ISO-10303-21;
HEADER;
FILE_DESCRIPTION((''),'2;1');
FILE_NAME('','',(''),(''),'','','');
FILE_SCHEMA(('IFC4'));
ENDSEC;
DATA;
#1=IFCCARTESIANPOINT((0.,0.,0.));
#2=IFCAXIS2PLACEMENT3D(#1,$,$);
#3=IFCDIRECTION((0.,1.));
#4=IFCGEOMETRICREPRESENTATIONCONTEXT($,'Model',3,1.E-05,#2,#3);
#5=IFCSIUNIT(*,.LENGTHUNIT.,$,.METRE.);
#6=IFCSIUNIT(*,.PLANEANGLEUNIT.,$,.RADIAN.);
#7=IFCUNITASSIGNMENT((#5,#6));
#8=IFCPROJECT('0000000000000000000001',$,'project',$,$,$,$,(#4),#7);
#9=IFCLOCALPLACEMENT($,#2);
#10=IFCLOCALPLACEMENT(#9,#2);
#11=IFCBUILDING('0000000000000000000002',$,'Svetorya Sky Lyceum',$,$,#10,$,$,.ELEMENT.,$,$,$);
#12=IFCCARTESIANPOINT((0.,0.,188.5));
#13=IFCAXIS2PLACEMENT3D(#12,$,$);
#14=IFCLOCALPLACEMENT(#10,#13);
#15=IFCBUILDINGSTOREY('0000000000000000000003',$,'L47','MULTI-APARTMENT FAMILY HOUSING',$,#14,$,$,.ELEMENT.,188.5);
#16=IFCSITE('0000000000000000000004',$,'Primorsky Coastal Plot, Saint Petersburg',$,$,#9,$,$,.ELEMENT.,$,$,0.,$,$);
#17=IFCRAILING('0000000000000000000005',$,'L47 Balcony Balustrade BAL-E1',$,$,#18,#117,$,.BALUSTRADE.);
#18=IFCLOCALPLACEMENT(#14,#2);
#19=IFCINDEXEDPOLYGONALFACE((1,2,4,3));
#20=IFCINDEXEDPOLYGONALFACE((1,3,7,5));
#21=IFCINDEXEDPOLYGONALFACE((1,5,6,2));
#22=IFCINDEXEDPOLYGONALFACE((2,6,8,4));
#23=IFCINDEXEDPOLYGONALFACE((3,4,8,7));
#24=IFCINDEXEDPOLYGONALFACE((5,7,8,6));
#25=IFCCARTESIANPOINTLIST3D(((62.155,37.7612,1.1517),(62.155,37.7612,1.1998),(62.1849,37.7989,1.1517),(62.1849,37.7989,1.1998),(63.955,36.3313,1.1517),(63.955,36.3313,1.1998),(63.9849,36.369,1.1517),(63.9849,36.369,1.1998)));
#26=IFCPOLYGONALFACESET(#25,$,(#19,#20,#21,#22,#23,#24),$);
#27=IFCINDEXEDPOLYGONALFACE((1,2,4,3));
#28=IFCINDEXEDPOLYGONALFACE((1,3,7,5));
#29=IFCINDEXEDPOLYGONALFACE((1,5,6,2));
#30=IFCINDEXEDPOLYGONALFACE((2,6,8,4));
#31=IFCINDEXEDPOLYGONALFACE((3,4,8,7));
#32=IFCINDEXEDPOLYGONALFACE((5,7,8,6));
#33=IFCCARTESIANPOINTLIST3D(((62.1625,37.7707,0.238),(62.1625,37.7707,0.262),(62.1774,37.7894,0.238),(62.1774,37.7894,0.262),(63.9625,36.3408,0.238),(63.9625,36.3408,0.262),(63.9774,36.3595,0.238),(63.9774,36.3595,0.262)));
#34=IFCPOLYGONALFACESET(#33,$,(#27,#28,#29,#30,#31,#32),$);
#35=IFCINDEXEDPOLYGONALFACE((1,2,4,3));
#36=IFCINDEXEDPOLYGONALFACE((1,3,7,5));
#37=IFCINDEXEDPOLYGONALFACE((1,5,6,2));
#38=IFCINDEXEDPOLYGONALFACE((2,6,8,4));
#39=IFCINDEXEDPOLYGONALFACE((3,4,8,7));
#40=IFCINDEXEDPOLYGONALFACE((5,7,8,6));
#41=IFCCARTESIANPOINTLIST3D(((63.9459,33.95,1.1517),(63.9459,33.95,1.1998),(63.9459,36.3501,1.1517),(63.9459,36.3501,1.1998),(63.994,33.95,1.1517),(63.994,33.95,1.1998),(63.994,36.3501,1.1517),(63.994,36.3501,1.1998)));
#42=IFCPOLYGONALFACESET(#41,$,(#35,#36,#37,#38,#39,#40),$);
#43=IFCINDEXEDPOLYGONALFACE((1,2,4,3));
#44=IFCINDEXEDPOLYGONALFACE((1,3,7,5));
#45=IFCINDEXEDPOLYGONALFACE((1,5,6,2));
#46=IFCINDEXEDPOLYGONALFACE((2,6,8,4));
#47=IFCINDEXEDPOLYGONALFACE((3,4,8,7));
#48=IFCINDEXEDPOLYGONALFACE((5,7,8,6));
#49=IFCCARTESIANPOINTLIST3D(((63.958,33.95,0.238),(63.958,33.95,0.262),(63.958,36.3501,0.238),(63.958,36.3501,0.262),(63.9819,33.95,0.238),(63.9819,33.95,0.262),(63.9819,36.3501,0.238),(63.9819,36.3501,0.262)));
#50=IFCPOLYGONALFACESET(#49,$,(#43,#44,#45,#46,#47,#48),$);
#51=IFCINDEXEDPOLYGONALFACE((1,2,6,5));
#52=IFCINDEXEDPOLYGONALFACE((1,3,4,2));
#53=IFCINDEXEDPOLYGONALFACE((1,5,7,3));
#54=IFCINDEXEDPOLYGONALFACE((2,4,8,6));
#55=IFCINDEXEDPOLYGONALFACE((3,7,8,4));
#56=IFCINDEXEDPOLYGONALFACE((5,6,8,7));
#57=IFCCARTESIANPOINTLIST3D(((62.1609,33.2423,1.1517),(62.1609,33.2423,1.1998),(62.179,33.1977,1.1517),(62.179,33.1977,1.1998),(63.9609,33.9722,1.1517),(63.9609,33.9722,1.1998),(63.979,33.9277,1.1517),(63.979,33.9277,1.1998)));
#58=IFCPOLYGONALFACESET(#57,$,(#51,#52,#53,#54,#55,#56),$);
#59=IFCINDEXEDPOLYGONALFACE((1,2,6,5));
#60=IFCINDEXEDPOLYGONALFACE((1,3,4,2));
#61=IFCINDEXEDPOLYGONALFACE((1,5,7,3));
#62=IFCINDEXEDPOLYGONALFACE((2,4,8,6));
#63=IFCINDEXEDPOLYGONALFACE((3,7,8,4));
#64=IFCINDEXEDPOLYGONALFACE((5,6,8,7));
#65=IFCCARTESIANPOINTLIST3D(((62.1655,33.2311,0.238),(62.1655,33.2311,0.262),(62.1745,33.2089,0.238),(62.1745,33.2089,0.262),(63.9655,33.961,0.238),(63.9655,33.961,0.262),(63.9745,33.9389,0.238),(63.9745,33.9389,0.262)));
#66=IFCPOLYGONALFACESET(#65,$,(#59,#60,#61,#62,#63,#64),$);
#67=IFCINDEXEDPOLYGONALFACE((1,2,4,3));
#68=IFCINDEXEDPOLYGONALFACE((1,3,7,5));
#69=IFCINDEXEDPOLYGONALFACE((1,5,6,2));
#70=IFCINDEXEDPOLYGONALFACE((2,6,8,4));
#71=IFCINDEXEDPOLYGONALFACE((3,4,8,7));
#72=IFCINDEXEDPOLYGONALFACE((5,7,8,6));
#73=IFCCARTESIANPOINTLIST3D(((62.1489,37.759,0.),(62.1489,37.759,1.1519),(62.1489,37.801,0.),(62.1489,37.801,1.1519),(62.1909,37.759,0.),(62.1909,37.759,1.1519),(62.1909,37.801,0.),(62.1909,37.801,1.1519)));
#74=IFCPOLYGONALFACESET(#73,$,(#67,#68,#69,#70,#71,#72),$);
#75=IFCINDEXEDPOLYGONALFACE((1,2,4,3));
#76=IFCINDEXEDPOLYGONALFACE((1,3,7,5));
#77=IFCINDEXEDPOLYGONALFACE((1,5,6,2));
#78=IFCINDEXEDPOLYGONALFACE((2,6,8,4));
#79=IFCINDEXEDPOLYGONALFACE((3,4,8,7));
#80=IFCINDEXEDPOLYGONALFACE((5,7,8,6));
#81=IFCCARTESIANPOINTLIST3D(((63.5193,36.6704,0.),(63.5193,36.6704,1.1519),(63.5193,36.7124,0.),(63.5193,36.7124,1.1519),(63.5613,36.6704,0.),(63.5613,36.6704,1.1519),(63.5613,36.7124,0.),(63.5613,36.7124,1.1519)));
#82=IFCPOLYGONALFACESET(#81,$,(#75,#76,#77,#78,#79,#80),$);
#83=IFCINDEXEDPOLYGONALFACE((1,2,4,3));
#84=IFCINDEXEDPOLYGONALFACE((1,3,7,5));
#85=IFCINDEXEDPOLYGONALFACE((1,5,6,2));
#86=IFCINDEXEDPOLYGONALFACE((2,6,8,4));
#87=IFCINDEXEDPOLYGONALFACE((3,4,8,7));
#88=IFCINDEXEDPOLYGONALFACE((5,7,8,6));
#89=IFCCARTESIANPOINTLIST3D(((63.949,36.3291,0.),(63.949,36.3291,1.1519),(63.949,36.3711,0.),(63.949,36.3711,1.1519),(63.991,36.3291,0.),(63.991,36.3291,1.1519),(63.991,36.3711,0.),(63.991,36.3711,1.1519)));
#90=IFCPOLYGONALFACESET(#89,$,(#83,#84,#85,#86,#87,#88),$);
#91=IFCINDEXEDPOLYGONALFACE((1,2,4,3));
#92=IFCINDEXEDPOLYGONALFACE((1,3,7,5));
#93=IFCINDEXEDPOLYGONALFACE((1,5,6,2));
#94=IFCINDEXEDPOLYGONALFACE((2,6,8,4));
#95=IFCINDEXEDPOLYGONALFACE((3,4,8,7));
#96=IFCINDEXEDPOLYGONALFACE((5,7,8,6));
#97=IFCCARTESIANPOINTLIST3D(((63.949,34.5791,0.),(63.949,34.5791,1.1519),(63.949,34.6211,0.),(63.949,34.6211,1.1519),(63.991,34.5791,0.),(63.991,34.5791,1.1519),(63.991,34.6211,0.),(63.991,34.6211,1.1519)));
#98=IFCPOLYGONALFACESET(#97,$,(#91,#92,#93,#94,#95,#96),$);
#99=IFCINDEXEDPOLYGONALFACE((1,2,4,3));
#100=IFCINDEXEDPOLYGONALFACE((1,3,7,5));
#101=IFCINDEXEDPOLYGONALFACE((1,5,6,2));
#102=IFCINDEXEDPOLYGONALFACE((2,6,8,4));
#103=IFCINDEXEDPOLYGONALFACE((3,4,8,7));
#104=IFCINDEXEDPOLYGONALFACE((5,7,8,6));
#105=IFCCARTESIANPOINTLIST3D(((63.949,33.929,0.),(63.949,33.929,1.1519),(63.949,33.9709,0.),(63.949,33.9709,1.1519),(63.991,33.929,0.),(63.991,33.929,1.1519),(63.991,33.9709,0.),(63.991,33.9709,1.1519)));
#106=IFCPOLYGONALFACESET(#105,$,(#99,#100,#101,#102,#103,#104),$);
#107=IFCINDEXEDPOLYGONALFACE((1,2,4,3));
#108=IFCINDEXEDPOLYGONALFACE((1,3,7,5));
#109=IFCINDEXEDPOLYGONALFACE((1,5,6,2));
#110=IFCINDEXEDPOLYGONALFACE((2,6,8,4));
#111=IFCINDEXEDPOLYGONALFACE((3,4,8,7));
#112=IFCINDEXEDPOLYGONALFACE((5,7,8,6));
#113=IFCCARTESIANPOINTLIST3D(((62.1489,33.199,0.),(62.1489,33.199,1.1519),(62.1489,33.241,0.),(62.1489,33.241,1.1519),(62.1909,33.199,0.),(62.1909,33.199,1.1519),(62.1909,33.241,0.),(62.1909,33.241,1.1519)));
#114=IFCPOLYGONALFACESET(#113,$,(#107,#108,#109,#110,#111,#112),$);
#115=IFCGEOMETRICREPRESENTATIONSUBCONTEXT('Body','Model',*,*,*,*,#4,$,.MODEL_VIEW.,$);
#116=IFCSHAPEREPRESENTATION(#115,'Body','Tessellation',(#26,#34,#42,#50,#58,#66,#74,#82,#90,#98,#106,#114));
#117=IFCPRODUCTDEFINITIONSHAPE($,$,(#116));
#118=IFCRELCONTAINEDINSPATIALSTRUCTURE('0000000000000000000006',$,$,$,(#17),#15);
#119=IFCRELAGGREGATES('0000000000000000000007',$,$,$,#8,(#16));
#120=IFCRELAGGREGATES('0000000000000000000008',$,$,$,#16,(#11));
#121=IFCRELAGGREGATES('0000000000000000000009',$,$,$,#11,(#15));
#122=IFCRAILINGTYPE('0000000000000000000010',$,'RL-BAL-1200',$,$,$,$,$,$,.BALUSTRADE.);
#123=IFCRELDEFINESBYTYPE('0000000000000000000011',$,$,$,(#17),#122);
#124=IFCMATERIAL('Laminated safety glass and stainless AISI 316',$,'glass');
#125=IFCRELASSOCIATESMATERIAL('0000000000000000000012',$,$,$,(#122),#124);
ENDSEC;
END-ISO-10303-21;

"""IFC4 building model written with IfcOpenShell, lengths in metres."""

from ifc_helpers import new_model, si_unit, direction, frame, origin, origin_2d, place, context, subcontext, project, spatial, rectangle, extrude, material, type_object, element, save


model = new_model("IFC4")

# Units and contexts
model_context = context("Model", 3, precision=1e-05, world=origin(), true_north=direction((0.0, 1.0)))
body_context = subcontext(model_context, "Body", "Model", "MODEL_VIEW")
ifc_project = project(units=[si_unit("LENGTHUNIT", "METRE"), si_unit("PLANEANGLEUNIT", "RADIAN")], contexts=[model_context])

# Site, building, storey
site_placement = place(None, origin())
site = spatial("IfcSite", under=ifc_project, at=site_placement, Name="Primorsky Coastal Plot, Saint Petersburg", CompositionType="ELEMENT", RefElevation=0.0)
building_placement = place(site_placement, origin())
building = spatial("IfcBuilding", under=site, at=building_placement, Name="Svetorya Sky Lyceum", CompositionType="ELEMENT")
storey_placement = place(building_placement, frame((0.0, 0.0, 188.5)))
storey = spatial("IfcBuildingStorey", under=building, at=storey_placement, Name="L47", Description="MULTI-APARTMENT FAMILY HOUSING", CompositionType="ELEMENT", Elevation=188.5)

# Railing
ifc_material_1 = material(Name="Laminated safety glass and stainless AISI 316", Category="glass")
railing_type = type_object("IfcRailingType", Name="RL-BAL-1200", PredefinedType="BALUSTRADE", material=ifc_material_1)
railing_placement = place(storey_placement, frame((62.1699, 37.78, 0.0)))
element("IfcRailing", 1, at=railing_placement, inside=storey, type_object=railing_type, Name="L47 Balcony Balustrade BAL-E1", PredefinedType="BALUSTRADE", context=body_context, shape_type="SweptSolid", body=[
    extrude(rectangle(XDim=0.0481, YDim=0.0481, at=origin_2d()), frame((0.0, 0.0, 1.1758), z_axis=(0.783009, -0.62201, 0.0), x_axis=(0.62201, 0.783009, 0.0)), (0.0, 0.0, 1.0), 2.2988),
    extrude(rectangle(XDim=0.0239, YDim=0.0239, at=origin_2d()), frame((0.0, 0.0, 0.25), z_axis=(0.783009, -0.62201, 0.0), x_axis=(0.62201, 0.783009, 0.0)), (0.0, 0.0, 1.0), 2.2988),
    extrude(rectangle(XDim=0.0481, YDim=0.0481, at=origin_2d()), frame((1.8, -1.4299, 1.1758), z_axis=(0.0, -1.0, 0.0), x_axis=(1.0, 0.0, 0.0)), (0.0, 0.0, 1.0), 2.4001),
    extrude(rectangle(XDim=0.0239, YDim=0.0239, at=origin_2d()), frame((1.8, -1.4299, 0.25), z_axis=(0.0, -1.0, 0.0), x_axis=(1.0, 0.0, 0.0)), (0.0, 0.0, 1.0), 2.4001),
    extrude(rectangle(XDim=0.0481, YDim=0.0481, at=origin_2d()), frame((1.8, -3.8301, 1.1758), z_axis=(-0.926698, -0.375807, 0.0), x_axis=(0.375807, -0.926698, 0.0)), (0.0, 0.0, 1.0), 1.9424),
    extrude(rectangle(XDim=0.0239, YDim=0.0239, at=origin_2d()), frame((1.8, -3.8301, 0.25), z_axis=(-0.926698, -0.375807, 0.0), x_axis=(0.375807, -0.926698, 0.0)), (0.0, 0.0, 1.0), 1.9424),
    extrude(rectangle(XDim=0.042, YDim=0.042, at=origin_2d()), origin(), (0.0, 0.0, 1.0), 1.1519),
    extrude(rectangle(XDim=0.042, YDim=0.042, at=origin_2d()), frame((1.3704, -1.0886, 0.0)), (0.0, 0.0, 1.0), 1.1519),
    extrude(rectangle(XDim=0.042, YDim=0.042, at=origin_2d()), frame((1.8, -1.4299, 0.0)), (0.0, 0.0, 1.0), 1.1519),
    extrude(rectangle(XDim=0.042, YDim=0.042, at=origin_2d()), frame((1.8, -3.1799, 0.0)), (0.0, 0.0, 1.0), 1.1519),
    extrude(rectangle(XDim=0.042, YDim=0.042, at=origin_2d()), frame((1.8, -3.8301, 0.0)), (0.0, 0.0, 1.0), 1.1519),
    extrude(rectangle(XDim=0.042, YDim=0.042, at=origin_2d()), frame((0.0, -4.5601, 0.0)), (0.0, 0.0, 1.0), 1.1519),
])

save(model, "model.ifc")
